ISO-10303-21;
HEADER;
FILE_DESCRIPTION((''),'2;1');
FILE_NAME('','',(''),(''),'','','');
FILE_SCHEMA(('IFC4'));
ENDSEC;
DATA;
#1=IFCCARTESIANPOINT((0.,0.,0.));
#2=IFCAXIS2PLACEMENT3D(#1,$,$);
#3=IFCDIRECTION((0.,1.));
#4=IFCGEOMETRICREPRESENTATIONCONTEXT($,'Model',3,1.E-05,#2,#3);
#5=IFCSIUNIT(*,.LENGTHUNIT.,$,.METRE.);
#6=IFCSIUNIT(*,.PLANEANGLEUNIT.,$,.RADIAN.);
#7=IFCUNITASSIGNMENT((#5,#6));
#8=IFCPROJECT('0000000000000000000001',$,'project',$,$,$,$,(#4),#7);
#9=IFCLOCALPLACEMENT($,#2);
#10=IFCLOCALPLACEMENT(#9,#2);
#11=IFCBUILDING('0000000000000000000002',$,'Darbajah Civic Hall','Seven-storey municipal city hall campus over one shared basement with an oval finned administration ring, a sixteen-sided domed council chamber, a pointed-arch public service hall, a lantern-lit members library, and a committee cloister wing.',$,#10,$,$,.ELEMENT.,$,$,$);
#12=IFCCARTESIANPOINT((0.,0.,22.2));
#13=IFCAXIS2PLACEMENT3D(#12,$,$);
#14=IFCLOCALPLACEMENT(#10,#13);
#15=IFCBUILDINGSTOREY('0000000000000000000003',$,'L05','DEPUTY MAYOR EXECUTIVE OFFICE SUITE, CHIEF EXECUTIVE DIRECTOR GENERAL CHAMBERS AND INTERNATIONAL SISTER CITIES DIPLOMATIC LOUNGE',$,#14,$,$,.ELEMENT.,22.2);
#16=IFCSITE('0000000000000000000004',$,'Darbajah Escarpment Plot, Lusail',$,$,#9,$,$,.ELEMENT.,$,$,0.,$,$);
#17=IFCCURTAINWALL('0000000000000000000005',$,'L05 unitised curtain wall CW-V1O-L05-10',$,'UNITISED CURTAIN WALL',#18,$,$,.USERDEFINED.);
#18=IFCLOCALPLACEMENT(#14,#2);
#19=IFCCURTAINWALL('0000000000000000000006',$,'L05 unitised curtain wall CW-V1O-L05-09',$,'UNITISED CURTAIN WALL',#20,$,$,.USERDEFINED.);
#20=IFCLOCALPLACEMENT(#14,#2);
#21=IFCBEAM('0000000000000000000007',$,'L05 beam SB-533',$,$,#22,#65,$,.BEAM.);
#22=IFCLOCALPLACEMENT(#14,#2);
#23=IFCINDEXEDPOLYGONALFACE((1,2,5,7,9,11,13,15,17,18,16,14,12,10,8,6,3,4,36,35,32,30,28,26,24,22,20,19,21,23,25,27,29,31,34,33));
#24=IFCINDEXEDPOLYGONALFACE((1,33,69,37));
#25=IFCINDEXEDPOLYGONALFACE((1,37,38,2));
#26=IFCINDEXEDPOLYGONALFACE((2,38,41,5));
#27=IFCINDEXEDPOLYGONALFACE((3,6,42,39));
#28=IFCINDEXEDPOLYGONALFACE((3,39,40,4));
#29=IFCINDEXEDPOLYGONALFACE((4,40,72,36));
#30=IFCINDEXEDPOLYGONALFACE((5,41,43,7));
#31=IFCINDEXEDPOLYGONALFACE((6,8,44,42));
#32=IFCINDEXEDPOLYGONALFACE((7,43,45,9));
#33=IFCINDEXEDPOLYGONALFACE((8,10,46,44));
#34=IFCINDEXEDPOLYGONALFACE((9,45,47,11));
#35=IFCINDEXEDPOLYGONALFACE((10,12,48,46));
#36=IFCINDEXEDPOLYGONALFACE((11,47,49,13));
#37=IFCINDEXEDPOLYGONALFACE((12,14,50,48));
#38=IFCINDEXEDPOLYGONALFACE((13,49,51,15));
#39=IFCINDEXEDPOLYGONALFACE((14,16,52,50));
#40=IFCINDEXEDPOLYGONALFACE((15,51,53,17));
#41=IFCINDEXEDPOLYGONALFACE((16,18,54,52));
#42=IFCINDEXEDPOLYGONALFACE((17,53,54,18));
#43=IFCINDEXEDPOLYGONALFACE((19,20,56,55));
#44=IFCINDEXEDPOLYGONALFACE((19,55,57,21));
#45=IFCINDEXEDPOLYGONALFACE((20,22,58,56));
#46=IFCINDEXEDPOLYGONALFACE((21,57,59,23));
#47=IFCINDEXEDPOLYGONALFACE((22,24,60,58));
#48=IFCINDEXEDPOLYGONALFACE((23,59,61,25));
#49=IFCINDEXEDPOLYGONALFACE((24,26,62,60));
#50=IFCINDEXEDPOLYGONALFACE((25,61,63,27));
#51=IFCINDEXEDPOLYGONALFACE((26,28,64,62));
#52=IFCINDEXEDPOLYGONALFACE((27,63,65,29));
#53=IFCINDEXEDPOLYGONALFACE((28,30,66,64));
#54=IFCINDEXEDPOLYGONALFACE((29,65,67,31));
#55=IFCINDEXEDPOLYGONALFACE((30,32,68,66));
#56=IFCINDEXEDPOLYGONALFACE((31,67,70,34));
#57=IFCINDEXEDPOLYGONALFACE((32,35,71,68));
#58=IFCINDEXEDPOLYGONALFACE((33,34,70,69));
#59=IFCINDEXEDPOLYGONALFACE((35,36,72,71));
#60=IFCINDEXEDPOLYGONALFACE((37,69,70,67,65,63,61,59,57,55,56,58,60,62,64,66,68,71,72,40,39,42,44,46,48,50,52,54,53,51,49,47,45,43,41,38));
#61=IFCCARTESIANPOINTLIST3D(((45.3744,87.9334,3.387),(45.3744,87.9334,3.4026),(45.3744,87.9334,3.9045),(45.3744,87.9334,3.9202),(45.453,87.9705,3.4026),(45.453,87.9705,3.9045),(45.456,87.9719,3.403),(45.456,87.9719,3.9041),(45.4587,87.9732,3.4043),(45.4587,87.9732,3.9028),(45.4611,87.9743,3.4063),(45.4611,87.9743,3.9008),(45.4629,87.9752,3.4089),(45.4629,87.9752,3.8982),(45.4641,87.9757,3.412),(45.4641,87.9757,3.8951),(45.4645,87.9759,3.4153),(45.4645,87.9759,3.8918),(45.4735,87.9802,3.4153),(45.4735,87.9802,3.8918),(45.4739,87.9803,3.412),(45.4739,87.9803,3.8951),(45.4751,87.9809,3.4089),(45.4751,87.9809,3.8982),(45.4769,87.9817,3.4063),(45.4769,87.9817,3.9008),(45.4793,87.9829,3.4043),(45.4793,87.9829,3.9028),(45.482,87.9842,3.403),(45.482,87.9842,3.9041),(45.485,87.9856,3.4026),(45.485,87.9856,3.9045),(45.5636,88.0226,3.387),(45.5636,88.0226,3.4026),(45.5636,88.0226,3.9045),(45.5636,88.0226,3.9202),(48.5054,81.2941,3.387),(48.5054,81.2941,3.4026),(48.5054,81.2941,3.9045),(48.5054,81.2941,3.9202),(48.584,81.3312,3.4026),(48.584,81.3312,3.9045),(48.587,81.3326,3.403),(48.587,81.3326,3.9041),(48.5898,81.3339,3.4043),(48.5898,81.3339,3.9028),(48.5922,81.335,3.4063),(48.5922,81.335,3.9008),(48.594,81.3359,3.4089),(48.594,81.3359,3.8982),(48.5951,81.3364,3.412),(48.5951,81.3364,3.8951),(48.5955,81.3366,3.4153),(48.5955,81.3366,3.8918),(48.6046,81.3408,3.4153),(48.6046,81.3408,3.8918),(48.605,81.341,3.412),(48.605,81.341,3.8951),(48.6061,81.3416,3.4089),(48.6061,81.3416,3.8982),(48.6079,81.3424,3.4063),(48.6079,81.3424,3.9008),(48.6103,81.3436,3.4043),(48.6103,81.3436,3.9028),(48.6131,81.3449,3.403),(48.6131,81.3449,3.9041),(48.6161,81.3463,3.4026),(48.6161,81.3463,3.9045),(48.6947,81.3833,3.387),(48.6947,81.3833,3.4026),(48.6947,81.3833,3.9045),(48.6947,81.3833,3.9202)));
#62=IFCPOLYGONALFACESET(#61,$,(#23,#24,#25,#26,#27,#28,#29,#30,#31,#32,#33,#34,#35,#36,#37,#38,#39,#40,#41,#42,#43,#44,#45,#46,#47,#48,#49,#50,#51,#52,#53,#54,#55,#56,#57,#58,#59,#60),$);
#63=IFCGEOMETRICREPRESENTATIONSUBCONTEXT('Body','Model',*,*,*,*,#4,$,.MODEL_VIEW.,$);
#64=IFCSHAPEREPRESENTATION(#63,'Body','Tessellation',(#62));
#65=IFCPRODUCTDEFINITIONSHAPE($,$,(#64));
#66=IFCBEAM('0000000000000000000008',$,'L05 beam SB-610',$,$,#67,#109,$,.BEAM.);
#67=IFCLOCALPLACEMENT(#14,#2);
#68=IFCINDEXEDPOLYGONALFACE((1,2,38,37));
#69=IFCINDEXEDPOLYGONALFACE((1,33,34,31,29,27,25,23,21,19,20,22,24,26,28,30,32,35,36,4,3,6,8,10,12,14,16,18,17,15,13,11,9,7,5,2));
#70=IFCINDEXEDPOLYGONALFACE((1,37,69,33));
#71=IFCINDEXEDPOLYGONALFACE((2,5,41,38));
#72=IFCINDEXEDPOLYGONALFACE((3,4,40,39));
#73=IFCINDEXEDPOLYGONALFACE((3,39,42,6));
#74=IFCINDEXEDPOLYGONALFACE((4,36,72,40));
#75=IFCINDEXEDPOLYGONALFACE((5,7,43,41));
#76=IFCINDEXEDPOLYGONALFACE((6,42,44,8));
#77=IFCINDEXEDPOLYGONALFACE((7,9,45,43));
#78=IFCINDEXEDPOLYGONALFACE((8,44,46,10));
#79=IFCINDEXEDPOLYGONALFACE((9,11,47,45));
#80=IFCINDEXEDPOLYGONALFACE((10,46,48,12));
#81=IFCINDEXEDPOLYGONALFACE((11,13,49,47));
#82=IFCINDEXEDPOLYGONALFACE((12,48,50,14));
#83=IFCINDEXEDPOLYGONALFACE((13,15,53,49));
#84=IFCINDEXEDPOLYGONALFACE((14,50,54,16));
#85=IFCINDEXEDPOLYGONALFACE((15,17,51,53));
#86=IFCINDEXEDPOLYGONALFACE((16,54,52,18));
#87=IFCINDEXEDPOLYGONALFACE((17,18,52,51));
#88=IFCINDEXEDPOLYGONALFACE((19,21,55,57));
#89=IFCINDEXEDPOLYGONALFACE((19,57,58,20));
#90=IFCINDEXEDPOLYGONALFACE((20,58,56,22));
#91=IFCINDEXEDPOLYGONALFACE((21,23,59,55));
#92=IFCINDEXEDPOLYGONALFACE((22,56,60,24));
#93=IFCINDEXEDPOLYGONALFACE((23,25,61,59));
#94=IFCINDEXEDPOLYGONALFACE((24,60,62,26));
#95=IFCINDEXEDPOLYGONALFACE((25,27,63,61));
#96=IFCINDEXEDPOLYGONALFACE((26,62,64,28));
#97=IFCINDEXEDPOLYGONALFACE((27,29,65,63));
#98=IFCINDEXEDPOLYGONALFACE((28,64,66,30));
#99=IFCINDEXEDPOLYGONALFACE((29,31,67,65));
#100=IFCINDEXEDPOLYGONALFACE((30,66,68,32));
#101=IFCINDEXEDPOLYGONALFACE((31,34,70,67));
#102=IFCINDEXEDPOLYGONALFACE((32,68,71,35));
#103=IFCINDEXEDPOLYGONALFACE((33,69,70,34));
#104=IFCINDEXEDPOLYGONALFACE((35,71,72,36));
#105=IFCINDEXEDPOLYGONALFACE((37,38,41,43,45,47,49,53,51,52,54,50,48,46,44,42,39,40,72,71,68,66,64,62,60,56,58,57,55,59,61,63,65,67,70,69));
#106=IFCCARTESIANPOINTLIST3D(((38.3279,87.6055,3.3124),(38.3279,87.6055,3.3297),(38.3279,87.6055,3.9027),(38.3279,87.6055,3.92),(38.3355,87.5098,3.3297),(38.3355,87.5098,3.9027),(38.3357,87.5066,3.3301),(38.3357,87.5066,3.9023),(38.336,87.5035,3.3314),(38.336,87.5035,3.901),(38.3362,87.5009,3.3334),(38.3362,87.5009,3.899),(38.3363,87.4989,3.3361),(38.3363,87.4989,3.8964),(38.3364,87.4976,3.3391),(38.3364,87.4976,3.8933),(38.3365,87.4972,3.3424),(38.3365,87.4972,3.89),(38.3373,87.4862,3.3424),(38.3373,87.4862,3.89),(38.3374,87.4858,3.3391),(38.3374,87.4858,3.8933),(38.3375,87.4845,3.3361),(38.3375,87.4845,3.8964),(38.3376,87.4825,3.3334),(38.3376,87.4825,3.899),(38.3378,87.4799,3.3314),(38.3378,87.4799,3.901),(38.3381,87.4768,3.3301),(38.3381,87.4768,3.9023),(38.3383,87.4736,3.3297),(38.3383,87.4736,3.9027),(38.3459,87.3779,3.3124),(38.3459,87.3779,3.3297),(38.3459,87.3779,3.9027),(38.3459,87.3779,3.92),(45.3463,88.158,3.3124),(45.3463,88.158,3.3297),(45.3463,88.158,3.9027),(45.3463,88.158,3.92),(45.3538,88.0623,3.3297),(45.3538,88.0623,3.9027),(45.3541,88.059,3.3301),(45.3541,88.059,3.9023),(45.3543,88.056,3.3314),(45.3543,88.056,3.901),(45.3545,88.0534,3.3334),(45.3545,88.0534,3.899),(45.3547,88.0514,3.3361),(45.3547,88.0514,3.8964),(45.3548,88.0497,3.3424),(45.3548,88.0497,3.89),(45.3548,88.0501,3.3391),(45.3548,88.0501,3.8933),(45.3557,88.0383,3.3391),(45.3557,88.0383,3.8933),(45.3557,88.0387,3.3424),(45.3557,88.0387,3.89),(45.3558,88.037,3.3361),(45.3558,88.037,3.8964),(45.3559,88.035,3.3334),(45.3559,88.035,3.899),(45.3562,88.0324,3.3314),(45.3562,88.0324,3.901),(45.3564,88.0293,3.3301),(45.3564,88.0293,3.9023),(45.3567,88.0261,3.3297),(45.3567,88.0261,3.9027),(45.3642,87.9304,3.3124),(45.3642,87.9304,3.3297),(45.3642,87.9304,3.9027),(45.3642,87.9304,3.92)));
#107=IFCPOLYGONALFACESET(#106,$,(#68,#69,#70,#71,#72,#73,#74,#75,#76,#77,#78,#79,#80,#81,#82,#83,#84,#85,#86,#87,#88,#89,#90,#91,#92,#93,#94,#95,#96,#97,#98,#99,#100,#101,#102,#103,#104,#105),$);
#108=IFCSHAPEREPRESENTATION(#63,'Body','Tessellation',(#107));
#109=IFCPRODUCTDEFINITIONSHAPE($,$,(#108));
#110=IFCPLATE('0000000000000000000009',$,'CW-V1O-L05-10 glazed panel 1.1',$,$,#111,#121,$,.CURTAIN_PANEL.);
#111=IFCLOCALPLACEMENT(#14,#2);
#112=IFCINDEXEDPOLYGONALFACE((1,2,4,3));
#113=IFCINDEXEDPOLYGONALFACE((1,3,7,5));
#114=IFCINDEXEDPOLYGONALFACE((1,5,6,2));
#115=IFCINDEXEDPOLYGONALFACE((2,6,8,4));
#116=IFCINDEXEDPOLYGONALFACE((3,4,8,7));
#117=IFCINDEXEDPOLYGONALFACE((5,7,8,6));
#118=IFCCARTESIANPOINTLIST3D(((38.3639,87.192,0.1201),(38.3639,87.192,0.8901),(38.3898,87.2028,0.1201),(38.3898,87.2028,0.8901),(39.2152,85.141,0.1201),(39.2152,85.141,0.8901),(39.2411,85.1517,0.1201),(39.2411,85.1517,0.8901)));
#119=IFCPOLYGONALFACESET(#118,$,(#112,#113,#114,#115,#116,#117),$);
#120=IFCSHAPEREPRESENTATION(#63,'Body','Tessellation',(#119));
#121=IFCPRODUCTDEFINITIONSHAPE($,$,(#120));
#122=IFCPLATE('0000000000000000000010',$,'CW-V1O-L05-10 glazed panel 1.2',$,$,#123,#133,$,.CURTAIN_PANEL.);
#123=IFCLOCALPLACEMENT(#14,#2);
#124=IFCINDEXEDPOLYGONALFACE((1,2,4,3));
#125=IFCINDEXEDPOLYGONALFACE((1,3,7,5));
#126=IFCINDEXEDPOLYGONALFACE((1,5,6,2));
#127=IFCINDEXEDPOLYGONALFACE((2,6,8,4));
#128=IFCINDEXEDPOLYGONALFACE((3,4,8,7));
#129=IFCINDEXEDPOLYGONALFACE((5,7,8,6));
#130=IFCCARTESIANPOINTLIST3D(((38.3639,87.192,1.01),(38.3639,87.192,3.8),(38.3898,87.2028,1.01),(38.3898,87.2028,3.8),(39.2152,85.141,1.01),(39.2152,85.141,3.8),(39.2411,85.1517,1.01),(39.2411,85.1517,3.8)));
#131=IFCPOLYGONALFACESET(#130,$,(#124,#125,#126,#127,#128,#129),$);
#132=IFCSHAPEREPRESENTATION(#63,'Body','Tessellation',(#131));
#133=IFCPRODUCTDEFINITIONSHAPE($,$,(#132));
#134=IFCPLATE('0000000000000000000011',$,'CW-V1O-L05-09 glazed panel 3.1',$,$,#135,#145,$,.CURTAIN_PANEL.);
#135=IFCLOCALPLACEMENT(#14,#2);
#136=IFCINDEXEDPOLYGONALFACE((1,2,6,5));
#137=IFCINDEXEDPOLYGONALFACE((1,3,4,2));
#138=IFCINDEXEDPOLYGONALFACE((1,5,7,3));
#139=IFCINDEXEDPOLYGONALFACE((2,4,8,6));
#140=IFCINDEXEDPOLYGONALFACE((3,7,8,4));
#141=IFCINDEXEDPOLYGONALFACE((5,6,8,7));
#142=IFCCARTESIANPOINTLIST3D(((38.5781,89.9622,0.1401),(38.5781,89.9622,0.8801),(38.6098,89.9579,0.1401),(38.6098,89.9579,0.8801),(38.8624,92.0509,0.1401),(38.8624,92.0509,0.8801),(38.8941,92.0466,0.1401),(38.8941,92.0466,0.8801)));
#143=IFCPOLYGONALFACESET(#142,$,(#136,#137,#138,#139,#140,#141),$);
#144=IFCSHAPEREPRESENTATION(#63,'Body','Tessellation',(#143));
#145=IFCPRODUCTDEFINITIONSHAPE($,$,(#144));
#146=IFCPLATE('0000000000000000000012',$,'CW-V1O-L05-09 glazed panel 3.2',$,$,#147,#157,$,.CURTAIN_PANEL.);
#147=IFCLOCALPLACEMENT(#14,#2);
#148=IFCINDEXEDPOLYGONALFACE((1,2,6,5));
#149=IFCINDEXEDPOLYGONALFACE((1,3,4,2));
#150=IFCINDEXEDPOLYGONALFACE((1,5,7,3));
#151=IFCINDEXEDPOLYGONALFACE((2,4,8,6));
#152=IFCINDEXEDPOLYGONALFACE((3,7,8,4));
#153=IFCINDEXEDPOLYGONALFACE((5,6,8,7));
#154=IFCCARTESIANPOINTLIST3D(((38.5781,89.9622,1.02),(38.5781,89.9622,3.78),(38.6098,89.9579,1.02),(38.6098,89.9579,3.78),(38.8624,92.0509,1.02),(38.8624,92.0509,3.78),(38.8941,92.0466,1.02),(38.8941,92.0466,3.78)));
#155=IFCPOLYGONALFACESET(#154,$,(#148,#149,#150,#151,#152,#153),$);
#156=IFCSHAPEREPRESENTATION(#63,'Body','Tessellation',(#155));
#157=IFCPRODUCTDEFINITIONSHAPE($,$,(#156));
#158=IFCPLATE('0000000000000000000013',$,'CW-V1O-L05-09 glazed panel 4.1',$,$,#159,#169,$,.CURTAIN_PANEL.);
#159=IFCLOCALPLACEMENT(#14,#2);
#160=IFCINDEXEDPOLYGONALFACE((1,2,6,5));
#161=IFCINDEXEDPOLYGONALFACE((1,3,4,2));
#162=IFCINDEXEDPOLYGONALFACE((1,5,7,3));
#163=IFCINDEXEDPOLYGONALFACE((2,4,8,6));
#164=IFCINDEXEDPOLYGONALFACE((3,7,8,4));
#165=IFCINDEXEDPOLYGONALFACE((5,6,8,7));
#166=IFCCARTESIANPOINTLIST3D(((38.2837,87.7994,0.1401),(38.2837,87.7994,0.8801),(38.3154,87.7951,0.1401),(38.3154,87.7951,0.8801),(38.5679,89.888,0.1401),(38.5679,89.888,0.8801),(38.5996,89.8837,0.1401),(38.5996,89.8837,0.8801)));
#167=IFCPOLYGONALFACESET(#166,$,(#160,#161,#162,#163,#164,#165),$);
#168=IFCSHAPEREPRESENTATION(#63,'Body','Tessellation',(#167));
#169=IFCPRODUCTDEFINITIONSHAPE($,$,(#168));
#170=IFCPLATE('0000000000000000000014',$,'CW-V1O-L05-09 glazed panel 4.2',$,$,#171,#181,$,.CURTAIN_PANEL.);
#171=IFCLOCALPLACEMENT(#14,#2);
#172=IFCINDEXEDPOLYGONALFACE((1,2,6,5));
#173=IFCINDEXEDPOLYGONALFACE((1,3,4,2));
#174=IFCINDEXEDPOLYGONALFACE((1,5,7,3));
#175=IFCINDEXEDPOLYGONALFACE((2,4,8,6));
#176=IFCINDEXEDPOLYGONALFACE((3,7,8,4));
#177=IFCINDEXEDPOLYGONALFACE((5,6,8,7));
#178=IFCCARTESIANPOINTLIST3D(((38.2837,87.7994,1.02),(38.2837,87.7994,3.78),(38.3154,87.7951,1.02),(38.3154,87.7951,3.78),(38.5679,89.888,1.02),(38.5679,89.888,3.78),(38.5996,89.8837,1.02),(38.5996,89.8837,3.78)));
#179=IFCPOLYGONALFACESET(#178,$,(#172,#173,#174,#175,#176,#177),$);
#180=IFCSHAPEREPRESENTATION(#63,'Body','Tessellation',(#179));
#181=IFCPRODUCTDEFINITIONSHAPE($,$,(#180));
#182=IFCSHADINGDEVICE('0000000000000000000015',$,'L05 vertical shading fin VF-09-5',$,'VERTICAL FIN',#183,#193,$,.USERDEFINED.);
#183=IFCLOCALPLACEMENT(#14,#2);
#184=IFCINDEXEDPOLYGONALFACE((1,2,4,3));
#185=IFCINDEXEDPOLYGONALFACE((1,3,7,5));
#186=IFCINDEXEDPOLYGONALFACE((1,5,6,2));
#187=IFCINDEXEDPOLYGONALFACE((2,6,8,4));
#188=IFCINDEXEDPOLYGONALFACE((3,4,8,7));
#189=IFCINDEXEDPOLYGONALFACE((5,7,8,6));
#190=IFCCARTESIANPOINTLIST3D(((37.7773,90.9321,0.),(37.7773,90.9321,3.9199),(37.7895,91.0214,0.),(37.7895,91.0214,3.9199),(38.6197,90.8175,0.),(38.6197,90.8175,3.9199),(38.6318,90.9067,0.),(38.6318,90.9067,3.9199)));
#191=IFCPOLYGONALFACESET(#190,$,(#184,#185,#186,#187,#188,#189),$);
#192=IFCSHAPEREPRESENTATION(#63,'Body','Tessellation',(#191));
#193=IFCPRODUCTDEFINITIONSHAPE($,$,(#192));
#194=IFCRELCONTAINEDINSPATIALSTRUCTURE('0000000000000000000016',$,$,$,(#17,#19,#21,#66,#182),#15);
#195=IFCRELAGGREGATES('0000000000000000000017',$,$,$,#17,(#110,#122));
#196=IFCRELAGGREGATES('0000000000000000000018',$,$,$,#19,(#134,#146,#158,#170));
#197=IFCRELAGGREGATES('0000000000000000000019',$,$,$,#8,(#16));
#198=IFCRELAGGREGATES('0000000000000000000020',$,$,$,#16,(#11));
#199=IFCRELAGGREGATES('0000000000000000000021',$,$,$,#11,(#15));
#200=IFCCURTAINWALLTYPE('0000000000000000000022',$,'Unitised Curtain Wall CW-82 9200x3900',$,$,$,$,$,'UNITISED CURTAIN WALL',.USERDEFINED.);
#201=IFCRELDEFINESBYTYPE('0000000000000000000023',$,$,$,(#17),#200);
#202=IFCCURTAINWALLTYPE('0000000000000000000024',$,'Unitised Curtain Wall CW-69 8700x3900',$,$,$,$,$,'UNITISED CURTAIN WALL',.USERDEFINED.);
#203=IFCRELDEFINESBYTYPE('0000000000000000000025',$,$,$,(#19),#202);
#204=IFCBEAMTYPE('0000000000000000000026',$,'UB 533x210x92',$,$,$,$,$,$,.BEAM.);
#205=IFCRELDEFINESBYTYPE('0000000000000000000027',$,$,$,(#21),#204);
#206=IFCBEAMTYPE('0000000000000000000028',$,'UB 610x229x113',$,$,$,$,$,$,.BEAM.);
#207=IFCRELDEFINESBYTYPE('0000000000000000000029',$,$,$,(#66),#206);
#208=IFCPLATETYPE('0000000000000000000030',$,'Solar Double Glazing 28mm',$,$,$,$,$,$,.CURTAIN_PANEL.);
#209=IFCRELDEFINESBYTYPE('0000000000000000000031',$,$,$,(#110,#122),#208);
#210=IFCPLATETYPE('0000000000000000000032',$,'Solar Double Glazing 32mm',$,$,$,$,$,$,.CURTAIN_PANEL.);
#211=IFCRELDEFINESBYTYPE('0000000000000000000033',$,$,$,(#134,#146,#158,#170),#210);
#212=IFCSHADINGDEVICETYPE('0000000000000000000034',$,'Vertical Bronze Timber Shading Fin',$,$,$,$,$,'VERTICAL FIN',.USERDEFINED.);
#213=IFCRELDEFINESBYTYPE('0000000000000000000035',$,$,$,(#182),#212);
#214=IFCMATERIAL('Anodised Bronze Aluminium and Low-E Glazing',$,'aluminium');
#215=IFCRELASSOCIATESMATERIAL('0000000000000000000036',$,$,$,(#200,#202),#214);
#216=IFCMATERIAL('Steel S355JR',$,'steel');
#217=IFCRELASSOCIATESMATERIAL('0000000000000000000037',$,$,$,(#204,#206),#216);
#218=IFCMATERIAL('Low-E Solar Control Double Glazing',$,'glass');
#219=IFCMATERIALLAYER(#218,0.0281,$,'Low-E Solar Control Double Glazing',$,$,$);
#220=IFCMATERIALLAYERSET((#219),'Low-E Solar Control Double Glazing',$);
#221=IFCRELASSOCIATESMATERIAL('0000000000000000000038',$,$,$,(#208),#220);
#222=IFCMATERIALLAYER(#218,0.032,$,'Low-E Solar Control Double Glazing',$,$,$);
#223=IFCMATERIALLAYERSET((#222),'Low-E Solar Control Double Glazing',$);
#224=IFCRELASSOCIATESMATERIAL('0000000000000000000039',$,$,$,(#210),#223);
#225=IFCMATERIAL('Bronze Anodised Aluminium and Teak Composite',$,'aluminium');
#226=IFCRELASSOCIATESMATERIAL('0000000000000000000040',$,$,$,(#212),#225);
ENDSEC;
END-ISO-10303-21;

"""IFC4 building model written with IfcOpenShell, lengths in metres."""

from ifc_helpers import new_model, si_unit, direction, frame, origin, origin_2d, place, context, subcontext, project, spatial, rectangle, i_section, extrude, material, layer, layer_set, material_profile, profile_set, type_object, element, aggregate, save


model = new_model("IFC4")

# Units and contexts
model_context = context("Model", 3, precision=1e-05, world=origin(), true_north=direction((0.0, 1.0)))
body_context = subcontext(model_context, "Body", "Model", "MODEL_VIEW")
ifc_project = project(units=[si_unit("LENGTHUNIT", "METRE"), si_unit("PLANEANGLEUNIT", "RADIAN")], contexts=[model_context])

# Site, building, storey
site_placement = place(None, origin())
site = spatial("IfcSite", under=ifc_project, at=site_placement, Name="Darbajah Escarpment Plot, Lusail", CompositionType="ELEMENT", RefElevation=0.0)
building_placement = place(site_placement, origin())
building = spatial("IfcBuilding", under=site, at=building_placement, Name="Darbajah Civic Hall", Description="Seven-storey municipal city hall campus over one shared basement with an oval finned administration ring, a sixteen-sided domed council chamber, a pointed-arch public service hall, a lantern-lit members library, and a committee cloister wing.", CompositionType="ELEMENT")
storey_placement = place(building_placement, frame((0.0, 0.0, 22.2)))
storey = spatial("IfcBuildingStorey", under=building, at=storey_placement, Name="L05", Description="DEPUTY MAYOR EXECUTIVE OFFICE SUITE, CHIEF EXECUTIVE DIRECTOR GENERAL CHAMBERS AND INTERNATIONAL SISTER CITIES DIPLOMATIC LOUNGE", CompositionType="ELEMENT", Elevation=22.2)

# Curtain wall
ifc_material_1 = material(Name="Anodised Bronze Aluminium and Low-E Glazing", Category="aluminium")
curtain_wall_type_1 = type_object("IfcCurtainWallType", Name="Unitised Curtain Wall CW-82 9200x3900", ElementType="UNITISED CURTAIN WALL", PredefinedType="USERDEFINED", material=ifc_material_1)
curtain_wall_1_placement = place(storey_placement, origin())
curtain_wall_1 = element("IfcCurtainWall", 1, at=curtain_wall_1_placement, inside=storey, type_object=curtain_wall_type_1, Name="L05 unitised curtain wall CW-V1O-L05-10", ObjectType="UNITISED CURTAIN WALL", PredefinedType="USERDEFINED")

# Curtain wall
curtain_wall_type_2 = type_object("IfcCurtainWallType", Name="Unitised Curtain Wall CW-69 8700x3900", ElementType="UNITISED CURTAIN WALL", PredefinedType="USERDEFINED", material=ifc_material_1)
curtain_wall_2_placement = place(storey_placement, origin())
curtain_wall_2 = element("IfcCurtainWall", 2, at=curtain_wall_2_placement, inside=storey, type_object=curtain_wall_type_2, Name="L05 unitised curtain wall CW-V1O-L05-09", ObjectType="UNITISED CURTAIN WALL", PredefinedType="USERDEFINED")

# Beams
ifc_material_2 = material(Name="Steel S355JR", Category="steel")
ifc_material_profile_1 = material_profile(ifc_material_2, i_section(OverallWidth=0.2092, OverallDepth=0.5332, WebThickness=0.01, FlangeThickness=0.0156, FilletRadius=0.0127, at=origin_2d()), Name="UB 533x210x92")
ifc_profile_set_1 = profile_set([ifc_material_profile_1], Name="Steel S355JR")
beam_type_1 = type_object("IfcBeamType", Name="UB 533x210x92", PredefinedType="BEAM", material=ifc_profile_set_1)
beam_1_placement = place(storey_placement, frame((45.469, 87.978, 3.6536), z_axis=(0.426542, -0.904468, 0.0), x_axis=(0.904468, 0.426542, 0.0)))
element("IfcBeam", 3, at=beam_1_placement, inside=storey, type_object=beam_type_1, Name="L05 beam SB-533", PredefinedType="BEAM", context=body_context, shape_type="SweptSolid", body=[
    extrude(i_section(OverallWidth=0.2092, OverallDepth=0.5332, WebThickness=0.01, FlangeThickness=0.0156, FilletRadius=0.0127, at=origin_2d()), origin(), (0.0, 0.0, 1.0), 7.3406),
])
ifc_material_profile_2 = material_profile(ifc_material_2, i_section(OverallWidth=0.2283, OverallDepth=0.6077, WebThickness=0.011, FlangeThickness=0.0173, FilletRadius=0.0127, at=origin_2d()), Name="UB 610x229x113")
ifc_profile_set_2 = profile_set([ifc_material_profile_2], Name="Steel S355JR")
beam_type_2 = type_object("IfcBeamType", Name="UB 610x229x113", PredefinedType="BEAM", material=ifc_profile_set_2)
beam_2_placement = place(storey_placement, frame((45.3552, 88.0442, 3.6162), z_axis=(-0.996916, -0.078478, 0.0), x_axis=(0.078478, -0.996916, 0.0)))
element("IfcBeam", 4, at=beam_2_placement, inside=storey, type_object=beam_type_2, Name="L05 beam SB-610", PredefinedType="BEAM", context=body_context, shape_type="SweptSolid", body=[
    extrude(i_section(OverallWidth=0.2283, OverallDepth=0.6077, WebThickness=0.011, FlangeThickness=0.0173, FilletRadius=0.0127, at=origin_2d()), origin(), (0.0, 0.0, 1.0), 7.04),
])

# Plates
ifc_material_3 = material(Name="Low-E Solar Control Double Glazing", Category="glass")
ifc_layer_1 = layer(ifc_material_3, 0.0281, Name="Low-E Solar Control Double Glazing")
ifc_layer_set_1 = layer_set([ifc_layer_1], Name="Low-E Solar Control Double Glazing")
plate_type_1 = type_object("IfcPlateType", Name="Solar Double Glazing 28mm", PredefinedType="CURTAIN_PANEL", material=ifc_layer_set_1)
plate_1_placement = place(storey_placement, frame((38.8025, 86.1719, 0.1201), z_axis=(0.0, 0.0, 1.0), x_axis=(0.383328, -0.923612, 0.0)))
plate_1 = element("IfcPlate", 5, at=plate_1_placement, type_object=plate_type_1, Name="CW-V1O-L05-10 glazed panel 1.1", PredefinedType="CURTAIN_PANEL", context=body_context, shape_type="SweptSolid", body=[
    extrude(rectangle(XDim=2.2207, YDim=0.0281, at=origin_2d()), origin(), (0.0, 0.0, 1.0), 0.77),
])
plate_2_placement = place(storey_placement, frame((38.8025, 86.1719, 1.01), z_axis=(0.0, 0.0, 1.0), x_axis=(0.383328, -0.923612, 0.0)))
plate_2 = element("IfcPlate", 6, at=plate_2_placement, type_object=plate_type_1, Name="CW-V1O-L05-10 glazed panel 1.2", PredefinedType="CURTAIN_PANEL", context=body_context, shape_type="SweptSolid", body=[
    extrude(rectangle(XDim=2.2207, YDim=0.0281, at=origin_2d()), origin(), (0.0, 0.0, 1.0), 2.79),
])
aggregate(curtain_wall_1, [plate_1, plate_2])
ifc_layer_2 = layer(ifc_material_3, 0.032, Name="Low-E Solar Control Double Glazing")
ifc_layer_set_2 = layer_set([ifc_layer_2], Name="Low-E Solar Control Double Glazing")
plate_type_2 = type_object("IfcPlateType", Name="Solar Double Glazing 32mm", PredefinedType="CURTAIN_PANEL", material=ifc_layer_set_2)
plate_3_placement = place(storey_placement, frame((38.7361, 91.0044, 0.1401), z_axis=(0.0, 0.0, 1.0), x_axis=(-0.134851, -0.990866, 0.0)))
plate_3 = element("IfcPlate", 7, at=plate_3_placement, type_object=plate_type_2, Name="CW-V1O-L05-09 glazed panel 3.1", PredefinedType="CURTAIN_PANEL", context=body_context, shape_type="SweptSolid", body=[
    extrude(rectangle(XDim=2.1079, YDim=0.032, at=origin_2d()), origin(), (0.0, 0.0, 1.0), 0.74),
])
plate_4_placement = place(storey_placement, frame((38.7361, 91.0044, 1.02), z_axis=(0.0, 0.0, 1.0), x_axis=(-0.134851, -0.990866, 0.0)))
plate_4 = element("IfcPlate", 8, at=plate_4_placement, type_object=plate_type_2, Name="CW-V1O-L05-09 glazed panel 3.2", PredefinedType="CURTAIN_PANEL", context=body_context, shape_type="SweptSolid", body=[
    extrude(rectangle(XDim=2.1079, YDim=0.032, at=origin_2d()), origin(), (0.0, 0.0, 1.0), 2.76),
])
plate_5_placement = place(storey_placement, frame((38.4417, 88.8416, 0.1401), z_axis=(0.0, 0.0, 1.0), x_axis=(-0.134851, -0.990866, 0.0)))
plate_5 = element("IfcPlate", 9, at=plate_5_placement, type_object=plate_type_2, Name="CW-V1O-L05-09 glazed panel 4.1", PredefinedType="CURTAIN_PANEL", context=body_context, shape_type="SweptSolid", body=[
    extrude(rectangle(XDim=2.1079, YDim=0.032, at=origin_2d()), origin(), (0.0, 0.0, 1.0), 0.74),
])
plate_6_placement = place(storey_placement, frame((38.4417, 88.8416, 1.02), z_axis=(0.0, 0.0, 1.0), x_axis=(-0.134851, -0.990866, 0.0)))
plate_6 = element("IfcPlate", 10, at=plate_6_placement, type_object=plate_type_2, Name="CW-V1O-L05-09 glazed panel 4.2", PredefinedType="CURTAIN_PANEL", context=body_context, shape_type="SweptSolid", body=[
    extrude(rectangle(XDim=2.1079, YDim=0.032, at=origin_2d()), origin(), (0.0, 0.0, 1.0), 2.76),
])
aggregate(curtain_wall_2, [plate_3, plate_4, plate_5, plate_6])

# Shading device
ifc_material_4 = material(Name="Bronze Anodised Aluminium and Teak Composite", Category="aluminium")
shading_device_type = type_object("IfcShadingDeviceType", Name="Vertical Bronze Timber Shading Fin", ElementType="VERTICAL FIN", PredefinedType="USERDEFINED", material=ifc_material_4)
for number, where, z_axis, x_axis, name in (
    (11, (38.2046, 90.9194, 0.0), (0.0, 0.0, 1.0), (-0.990866, 0.134851, 0.0), "L05 vertical shading fin VF-09-5"),
):
    element("IfcShadingDevice", number, at=place(storey_placement, frame(where, z_axis=z_axis, x_axis=x_axis)), inside=storey, type_object=shading_device_type, Name=name, ObjectType="VERTICAL FIN", PredefinedType="USERDEFINED", context=body_context, shape_type="SweptSolid", body=[
        extrude(rectangle(XDim=0.8501, YDim=0.0901, at=origin_2d()), origin(), (0.0, 0.0, 1.0), 3.9199),
    ])

save(model, "model.ifc")
